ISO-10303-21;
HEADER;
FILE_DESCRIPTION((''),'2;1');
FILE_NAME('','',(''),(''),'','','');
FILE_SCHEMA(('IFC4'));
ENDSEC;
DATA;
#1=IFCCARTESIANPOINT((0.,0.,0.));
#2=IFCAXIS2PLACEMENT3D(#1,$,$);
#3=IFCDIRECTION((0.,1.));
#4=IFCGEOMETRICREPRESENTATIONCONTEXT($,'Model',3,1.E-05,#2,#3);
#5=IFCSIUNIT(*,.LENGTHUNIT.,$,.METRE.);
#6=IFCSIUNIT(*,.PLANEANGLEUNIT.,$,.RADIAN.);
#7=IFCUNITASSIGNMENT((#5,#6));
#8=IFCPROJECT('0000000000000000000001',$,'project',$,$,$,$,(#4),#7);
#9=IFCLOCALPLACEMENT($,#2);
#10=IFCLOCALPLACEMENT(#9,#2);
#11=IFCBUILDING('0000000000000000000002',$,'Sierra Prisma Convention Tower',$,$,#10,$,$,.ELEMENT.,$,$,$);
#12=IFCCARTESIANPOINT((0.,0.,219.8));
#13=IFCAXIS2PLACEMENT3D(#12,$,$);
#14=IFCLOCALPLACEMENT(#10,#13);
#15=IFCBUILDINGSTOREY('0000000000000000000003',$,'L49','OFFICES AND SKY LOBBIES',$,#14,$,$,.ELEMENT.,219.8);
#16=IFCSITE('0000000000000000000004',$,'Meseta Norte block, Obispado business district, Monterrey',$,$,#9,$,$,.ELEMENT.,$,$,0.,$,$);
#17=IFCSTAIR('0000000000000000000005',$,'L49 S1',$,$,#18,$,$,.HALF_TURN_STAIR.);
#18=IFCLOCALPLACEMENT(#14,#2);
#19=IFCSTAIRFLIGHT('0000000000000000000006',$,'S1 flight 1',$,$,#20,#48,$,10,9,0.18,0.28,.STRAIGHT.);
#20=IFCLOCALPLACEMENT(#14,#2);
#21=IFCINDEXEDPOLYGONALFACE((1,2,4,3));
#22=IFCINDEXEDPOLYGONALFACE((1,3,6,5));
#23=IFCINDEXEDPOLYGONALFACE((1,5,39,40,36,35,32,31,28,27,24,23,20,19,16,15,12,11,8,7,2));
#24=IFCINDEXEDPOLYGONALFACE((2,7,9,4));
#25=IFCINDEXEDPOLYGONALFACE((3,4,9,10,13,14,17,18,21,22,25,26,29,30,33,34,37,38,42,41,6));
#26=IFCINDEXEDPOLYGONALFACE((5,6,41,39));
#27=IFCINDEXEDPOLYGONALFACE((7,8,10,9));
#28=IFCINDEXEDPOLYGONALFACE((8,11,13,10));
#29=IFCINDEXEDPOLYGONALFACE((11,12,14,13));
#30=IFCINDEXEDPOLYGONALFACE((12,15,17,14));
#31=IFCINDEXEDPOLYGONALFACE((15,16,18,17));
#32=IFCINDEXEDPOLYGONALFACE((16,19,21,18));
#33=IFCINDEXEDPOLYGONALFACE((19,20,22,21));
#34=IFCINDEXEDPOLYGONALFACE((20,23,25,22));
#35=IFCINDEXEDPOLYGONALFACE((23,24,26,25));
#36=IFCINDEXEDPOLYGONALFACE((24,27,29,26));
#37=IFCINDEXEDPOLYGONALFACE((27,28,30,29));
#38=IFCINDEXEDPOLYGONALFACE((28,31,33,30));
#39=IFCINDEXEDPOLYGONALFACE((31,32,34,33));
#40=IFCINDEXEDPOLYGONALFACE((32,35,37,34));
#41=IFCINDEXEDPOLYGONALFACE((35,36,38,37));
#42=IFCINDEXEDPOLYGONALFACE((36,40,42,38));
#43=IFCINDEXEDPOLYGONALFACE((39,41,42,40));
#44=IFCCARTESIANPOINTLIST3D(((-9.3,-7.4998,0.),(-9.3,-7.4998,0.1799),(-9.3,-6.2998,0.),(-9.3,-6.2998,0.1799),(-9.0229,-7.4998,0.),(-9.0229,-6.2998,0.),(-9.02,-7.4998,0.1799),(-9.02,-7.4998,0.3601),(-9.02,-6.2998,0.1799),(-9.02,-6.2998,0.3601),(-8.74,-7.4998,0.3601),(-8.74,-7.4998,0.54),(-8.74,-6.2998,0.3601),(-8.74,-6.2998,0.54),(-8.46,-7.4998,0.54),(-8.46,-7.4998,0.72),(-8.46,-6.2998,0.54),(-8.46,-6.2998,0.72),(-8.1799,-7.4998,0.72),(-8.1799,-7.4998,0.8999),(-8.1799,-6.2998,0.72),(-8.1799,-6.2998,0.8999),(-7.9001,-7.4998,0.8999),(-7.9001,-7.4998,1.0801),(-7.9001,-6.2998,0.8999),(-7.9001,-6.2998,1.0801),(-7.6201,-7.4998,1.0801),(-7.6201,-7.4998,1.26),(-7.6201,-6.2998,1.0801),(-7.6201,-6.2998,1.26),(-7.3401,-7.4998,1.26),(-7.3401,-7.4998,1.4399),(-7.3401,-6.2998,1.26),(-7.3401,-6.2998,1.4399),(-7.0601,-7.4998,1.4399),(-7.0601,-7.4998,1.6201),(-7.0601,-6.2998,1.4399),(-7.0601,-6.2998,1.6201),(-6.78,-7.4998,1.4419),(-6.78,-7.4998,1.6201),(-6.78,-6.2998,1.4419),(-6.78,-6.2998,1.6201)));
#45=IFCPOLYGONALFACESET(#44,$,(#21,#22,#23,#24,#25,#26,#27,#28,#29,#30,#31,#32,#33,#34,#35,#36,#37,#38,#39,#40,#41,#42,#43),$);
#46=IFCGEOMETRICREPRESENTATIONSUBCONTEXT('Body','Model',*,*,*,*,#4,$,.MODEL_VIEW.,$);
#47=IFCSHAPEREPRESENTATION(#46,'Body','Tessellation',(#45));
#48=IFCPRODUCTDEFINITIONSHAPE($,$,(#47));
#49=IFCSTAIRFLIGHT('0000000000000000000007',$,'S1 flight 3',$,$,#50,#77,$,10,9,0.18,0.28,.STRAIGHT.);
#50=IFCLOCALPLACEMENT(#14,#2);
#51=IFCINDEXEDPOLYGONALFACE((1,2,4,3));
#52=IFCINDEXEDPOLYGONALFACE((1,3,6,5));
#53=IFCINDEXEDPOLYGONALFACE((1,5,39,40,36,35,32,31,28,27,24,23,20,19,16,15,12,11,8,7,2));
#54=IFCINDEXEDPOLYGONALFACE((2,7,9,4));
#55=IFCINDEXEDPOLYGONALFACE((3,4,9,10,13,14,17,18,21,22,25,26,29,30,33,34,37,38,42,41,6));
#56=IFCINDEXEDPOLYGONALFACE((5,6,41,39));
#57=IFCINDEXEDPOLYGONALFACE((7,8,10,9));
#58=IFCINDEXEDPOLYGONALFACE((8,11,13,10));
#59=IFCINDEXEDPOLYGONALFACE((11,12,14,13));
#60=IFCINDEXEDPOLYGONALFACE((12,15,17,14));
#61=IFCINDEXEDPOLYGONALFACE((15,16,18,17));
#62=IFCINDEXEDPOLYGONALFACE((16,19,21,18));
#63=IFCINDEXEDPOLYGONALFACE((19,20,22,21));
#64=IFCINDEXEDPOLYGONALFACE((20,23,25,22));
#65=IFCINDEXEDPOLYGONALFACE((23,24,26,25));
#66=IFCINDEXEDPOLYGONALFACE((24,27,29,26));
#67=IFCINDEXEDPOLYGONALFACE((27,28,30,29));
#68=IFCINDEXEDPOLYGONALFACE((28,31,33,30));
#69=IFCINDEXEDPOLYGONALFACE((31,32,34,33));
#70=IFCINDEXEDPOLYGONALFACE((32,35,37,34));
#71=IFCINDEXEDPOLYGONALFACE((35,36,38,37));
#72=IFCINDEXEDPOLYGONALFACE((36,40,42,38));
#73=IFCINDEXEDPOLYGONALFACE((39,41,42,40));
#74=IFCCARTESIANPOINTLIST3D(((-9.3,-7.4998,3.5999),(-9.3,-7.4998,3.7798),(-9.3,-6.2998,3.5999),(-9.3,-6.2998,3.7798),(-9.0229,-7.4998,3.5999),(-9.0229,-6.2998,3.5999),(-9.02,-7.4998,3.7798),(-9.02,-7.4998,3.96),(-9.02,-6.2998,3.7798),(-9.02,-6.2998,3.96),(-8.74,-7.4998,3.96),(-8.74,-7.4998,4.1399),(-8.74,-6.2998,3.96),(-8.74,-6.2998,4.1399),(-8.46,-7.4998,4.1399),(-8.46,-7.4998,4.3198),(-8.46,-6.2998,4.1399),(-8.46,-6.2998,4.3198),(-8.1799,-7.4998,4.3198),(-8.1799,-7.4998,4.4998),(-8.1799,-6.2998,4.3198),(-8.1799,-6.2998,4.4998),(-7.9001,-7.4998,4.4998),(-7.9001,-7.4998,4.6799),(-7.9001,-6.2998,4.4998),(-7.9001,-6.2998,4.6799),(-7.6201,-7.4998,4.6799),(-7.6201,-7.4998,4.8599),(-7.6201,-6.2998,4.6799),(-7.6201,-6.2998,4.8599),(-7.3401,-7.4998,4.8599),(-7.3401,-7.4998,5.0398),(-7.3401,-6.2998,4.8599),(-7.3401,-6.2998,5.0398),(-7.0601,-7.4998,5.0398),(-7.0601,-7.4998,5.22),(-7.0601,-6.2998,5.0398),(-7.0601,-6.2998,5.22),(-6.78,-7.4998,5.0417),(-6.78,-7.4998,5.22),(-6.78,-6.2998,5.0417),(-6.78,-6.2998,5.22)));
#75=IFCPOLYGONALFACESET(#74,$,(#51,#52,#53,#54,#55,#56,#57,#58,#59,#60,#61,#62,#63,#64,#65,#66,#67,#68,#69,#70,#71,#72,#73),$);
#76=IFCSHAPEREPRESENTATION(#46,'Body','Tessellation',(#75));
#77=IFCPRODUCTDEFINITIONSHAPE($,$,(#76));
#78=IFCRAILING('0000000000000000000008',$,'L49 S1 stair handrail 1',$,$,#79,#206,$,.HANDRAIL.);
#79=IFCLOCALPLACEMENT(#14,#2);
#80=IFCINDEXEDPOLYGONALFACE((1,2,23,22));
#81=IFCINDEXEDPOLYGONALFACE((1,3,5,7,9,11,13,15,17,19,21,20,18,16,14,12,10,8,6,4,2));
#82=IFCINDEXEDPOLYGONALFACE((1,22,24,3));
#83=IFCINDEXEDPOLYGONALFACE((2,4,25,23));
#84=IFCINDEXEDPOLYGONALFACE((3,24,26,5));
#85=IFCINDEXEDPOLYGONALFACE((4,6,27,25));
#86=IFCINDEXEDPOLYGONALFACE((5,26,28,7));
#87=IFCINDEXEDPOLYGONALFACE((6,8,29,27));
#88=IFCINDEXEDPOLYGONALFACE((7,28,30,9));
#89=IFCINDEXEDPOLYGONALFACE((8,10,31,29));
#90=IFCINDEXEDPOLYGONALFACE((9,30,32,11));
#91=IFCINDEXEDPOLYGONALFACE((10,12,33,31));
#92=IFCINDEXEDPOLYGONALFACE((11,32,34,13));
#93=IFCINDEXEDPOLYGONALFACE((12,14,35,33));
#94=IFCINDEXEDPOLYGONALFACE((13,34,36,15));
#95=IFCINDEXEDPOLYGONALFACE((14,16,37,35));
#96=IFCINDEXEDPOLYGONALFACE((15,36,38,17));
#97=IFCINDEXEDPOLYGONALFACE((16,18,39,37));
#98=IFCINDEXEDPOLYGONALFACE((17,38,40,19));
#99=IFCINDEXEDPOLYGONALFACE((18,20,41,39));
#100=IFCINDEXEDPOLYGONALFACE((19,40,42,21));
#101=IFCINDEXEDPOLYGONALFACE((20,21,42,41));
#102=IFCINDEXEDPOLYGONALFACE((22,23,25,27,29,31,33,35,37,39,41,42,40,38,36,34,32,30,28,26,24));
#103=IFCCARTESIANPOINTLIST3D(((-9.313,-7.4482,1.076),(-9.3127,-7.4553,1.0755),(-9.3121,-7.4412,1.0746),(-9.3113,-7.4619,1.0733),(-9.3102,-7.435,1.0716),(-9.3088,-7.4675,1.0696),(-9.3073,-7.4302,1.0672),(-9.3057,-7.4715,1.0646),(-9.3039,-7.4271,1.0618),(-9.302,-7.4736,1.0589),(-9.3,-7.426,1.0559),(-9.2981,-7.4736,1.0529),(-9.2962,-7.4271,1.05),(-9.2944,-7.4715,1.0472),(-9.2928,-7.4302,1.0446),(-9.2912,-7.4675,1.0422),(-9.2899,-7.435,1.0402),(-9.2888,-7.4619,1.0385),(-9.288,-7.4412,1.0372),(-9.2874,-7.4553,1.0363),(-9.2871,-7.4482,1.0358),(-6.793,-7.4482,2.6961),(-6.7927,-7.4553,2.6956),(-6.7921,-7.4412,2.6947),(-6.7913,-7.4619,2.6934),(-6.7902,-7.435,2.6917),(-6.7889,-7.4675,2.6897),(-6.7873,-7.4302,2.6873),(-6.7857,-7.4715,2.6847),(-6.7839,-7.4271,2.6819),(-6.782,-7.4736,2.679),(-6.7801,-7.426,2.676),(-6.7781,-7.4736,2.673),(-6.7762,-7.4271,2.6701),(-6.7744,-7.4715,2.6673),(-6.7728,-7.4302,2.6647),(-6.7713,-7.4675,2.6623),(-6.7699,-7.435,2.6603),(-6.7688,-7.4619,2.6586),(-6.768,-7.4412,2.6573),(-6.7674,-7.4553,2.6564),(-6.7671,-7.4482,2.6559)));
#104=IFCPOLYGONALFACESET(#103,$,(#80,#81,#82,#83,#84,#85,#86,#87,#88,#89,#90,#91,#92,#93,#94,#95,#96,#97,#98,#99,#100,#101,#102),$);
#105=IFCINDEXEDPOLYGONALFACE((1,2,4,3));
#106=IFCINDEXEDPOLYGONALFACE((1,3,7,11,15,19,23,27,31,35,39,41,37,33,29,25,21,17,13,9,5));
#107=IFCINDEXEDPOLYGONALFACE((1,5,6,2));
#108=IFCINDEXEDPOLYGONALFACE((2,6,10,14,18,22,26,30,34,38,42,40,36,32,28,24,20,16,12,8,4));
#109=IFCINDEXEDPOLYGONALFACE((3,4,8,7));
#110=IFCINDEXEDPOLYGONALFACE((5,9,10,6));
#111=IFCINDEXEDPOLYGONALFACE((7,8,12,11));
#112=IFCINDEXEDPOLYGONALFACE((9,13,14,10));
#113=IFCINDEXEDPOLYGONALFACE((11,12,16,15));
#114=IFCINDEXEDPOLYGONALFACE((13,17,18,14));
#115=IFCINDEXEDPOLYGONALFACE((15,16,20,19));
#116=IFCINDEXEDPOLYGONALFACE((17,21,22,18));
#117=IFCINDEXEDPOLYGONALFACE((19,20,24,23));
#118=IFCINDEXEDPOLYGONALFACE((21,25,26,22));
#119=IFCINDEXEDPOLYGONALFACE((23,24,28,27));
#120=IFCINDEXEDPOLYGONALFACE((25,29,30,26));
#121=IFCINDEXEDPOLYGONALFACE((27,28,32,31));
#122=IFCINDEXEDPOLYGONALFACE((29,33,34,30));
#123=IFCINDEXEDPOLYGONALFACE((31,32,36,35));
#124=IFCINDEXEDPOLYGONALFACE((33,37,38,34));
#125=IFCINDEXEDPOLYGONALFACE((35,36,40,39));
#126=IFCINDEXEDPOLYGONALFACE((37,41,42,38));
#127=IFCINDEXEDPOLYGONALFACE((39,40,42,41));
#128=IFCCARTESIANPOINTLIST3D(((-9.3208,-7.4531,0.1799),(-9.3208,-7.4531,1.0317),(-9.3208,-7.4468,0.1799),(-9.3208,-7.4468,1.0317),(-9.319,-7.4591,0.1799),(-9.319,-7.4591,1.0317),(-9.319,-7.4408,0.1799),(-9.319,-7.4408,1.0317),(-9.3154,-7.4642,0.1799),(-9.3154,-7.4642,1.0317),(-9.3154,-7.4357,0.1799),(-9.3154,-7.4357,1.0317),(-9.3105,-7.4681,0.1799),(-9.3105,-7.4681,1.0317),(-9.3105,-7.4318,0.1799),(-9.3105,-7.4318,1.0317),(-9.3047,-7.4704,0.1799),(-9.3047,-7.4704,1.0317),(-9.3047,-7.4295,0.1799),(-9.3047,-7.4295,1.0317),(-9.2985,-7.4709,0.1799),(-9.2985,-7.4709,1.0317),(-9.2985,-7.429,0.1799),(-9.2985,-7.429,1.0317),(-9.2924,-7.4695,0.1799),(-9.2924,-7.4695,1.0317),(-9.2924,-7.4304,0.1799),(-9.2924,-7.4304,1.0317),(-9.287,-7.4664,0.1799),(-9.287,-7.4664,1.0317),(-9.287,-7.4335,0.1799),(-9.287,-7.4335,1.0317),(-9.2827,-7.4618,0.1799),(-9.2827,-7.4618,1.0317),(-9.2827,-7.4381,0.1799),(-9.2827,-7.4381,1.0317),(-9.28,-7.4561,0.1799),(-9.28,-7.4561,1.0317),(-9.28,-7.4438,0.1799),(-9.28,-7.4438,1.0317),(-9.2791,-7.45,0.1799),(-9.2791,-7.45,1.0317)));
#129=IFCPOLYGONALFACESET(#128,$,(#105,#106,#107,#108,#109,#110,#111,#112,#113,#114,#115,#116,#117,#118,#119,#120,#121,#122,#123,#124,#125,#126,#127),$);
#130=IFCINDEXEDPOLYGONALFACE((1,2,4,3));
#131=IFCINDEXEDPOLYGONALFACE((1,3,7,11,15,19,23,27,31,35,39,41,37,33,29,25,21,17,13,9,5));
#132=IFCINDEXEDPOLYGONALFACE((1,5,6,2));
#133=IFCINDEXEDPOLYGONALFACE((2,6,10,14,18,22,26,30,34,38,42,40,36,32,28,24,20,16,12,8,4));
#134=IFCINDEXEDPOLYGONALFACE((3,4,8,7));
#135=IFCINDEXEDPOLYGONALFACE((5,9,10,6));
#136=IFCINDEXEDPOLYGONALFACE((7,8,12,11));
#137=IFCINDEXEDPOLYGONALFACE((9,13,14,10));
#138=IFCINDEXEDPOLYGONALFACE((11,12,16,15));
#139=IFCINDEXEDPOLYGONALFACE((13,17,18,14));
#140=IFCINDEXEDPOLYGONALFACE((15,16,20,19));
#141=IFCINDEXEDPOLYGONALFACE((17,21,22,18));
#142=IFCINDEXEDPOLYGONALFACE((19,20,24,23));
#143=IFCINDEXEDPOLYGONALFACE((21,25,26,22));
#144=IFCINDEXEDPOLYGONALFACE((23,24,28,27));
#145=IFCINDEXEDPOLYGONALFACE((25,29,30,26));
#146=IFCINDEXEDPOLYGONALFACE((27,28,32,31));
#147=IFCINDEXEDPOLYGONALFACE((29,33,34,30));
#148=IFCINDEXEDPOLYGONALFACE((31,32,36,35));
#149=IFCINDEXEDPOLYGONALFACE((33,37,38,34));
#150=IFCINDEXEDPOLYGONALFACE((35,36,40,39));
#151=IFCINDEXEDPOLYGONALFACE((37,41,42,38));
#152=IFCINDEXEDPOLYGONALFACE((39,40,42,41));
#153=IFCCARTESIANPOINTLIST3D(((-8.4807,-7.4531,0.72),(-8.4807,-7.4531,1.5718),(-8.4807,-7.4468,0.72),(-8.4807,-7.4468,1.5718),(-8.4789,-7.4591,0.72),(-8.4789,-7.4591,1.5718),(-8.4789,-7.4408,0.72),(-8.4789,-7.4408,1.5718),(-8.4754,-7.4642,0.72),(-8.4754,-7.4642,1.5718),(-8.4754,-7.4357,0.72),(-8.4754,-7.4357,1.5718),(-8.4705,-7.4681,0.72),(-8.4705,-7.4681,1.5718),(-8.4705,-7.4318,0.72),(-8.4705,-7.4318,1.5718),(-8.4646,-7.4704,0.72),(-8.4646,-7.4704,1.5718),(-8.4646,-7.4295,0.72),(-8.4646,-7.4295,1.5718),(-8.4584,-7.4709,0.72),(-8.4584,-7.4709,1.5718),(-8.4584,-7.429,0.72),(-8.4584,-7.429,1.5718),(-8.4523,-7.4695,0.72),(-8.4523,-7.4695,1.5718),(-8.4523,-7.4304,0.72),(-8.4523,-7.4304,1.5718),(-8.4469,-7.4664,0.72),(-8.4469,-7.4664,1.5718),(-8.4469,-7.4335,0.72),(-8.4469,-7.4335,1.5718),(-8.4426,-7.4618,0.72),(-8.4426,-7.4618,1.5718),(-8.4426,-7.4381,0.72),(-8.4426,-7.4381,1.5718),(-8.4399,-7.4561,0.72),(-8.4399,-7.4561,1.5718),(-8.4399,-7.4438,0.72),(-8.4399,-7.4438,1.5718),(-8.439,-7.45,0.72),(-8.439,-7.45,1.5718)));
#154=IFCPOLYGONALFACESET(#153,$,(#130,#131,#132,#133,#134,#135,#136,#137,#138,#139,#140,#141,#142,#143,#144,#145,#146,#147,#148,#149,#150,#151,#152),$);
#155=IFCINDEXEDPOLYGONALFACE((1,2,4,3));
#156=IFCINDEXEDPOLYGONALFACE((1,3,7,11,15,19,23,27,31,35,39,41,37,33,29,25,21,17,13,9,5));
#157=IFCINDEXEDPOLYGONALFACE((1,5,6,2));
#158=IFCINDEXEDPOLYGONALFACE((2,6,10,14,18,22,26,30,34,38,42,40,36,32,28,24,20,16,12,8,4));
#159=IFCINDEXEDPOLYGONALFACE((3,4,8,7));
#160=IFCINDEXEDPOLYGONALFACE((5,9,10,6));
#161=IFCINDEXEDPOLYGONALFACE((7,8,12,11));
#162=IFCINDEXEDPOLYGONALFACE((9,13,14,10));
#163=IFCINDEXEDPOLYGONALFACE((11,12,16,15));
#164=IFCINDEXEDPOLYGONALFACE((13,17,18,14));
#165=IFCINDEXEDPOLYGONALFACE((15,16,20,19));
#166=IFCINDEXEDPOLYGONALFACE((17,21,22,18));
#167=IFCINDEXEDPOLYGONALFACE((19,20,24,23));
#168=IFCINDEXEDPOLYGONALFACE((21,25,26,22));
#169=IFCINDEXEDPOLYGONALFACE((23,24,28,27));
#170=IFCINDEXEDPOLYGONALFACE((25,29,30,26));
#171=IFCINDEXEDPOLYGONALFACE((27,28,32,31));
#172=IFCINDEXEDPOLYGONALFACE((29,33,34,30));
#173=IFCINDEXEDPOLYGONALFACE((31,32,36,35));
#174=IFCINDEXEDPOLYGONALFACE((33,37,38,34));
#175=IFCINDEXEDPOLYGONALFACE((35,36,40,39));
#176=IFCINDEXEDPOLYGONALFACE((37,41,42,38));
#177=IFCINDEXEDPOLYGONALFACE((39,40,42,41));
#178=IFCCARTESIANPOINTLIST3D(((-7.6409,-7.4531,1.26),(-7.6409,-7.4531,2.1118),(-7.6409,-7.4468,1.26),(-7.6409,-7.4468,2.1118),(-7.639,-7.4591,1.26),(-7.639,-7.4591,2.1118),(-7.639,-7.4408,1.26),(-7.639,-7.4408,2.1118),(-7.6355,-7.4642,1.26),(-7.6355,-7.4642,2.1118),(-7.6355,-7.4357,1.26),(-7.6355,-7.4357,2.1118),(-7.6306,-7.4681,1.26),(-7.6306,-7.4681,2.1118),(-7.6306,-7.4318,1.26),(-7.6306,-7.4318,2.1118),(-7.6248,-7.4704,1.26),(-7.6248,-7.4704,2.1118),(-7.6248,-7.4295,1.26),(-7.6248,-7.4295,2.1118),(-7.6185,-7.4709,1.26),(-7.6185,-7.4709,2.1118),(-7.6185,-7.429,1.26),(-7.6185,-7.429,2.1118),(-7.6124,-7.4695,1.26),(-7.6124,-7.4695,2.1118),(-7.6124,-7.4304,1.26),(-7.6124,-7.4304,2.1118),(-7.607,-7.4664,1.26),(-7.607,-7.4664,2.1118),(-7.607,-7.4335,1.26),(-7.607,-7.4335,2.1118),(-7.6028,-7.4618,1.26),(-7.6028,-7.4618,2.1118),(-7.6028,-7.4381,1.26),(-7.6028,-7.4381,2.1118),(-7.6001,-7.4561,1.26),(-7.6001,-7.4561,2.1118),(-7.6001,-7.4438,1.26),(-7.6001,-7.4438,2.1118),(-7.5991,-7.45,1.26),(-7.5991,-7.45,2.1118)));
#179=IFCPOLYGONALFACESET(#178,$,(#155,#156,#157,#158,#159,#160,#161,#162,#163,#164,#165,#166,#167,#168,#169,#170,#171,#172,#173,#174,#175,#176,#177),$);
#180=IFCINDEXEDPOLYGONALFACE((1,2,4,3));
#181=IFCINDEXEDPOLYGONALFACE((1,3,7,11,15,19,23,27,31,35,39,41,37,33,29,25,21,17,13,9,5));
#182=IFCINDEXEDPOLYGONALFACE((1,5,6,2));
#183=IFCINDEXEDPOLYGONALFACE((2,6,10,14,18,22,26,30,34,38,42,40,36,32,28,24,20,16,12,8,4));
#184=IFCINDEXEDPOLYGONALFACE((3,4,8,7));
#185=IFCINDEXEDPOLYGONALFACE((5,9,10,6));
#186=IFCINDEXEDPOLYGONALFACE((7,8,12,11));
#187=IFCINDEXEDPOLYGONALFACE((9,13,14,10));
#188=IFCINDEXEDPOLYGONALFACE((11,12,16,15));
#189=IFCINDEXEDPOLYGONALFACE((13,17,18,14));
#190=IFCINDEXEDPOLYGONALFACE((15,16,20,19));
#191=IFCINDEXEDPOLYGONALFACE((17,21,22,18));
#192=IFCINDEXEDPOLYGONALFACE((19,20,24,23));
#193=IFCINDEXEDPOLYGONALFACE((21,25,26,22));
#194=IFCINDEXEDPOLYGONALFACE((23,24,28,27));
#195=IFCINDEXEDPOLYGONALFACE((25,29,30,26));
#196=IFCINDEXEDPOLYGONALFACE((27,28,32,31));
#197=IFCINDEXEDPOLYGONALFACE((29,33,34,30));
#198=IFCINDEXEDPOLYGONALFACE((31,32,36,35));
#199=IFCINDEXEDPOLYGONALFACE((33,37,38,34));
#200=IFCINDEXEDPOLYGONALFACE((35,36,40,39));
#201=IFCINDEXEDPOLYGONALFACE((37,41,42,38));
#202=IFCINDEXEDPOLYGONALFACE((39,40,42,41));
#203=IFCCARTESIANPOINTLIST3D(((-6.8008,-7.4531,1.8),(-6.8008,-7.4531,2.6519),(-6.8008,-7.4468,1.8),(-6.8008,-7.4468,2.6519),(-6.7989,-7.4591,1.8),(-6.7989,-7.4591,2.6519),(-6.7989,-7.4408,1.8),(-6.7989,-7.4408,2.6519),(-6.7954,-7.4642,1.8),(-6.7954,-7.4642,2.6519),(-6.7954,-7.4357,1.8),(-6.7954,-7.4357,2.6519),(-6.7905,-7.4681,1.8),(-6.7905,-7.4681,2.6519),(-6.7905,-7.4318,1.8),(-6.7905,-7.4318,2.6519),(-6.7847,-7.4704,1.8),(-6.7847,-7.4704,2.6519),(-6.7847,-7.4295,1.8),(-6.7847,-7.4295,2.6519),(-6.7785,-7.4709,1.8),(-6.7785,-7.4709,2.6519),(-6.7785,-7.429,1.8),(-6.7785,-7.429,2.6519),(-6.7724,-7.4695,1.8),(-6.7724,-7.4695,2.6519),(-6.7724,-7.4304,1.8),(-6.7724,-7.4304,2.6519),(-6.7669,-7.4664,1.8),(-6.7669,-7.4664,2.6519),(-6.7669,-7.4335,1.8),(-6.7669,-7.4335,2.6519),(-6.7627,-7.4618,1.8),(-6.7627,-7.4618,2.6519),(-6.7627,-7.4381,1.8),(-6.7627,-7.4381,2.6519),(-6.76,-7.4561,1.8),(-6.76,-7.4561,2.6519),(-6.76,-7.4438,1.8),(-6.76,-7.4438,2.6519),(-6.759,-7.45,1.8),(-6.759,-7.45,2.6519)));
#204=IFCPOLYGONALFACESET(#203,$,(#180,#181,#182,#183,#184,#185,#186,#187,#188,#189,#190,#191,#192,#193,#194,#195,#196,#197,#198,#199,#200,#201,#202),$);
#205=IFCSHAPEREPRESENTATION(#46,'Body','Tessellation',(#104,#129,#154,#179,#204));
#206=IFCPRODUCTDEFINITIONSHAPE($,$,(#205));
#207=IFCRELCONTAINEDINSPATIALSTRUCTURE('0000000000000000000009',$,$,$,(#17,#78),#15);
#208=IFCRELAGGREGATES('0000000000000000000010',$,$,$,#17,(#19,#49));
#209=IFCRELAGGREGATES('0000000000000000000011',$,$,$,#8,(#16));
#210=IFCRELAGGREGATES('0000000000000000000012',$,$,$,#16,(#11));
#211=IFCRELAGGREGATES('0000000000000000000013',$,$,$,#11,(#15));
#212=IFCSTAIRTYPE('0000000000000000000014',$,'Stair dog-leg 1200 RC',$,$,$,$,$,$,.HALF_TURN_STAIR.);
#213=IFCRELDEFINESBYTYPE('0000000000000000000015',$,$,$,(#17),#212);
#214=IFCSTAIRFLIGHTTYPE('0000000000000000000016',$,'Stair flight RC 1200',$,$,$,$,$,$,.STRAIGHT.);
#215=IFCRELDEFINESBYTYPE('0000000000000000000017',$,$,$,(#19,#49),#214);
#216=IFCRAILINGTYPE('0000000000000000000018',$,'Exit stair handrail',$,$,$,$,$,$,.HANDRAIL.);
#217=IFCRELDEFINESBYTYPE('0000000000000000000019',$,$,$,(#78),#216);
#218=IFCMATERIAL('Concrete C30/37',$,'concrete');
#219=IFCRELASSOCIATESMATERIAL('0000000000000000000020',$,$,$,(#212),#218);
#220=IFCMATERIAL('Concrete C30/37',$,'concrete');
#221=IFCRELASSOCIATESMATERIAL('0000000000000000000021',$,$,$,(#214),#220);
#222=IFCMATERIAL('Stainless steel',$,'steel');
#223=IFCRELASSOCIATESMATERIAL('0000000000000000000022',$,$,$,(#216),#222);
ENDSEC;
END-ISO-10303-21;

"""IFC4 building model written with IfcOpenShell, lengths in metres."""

from ifc_helpers import new_model, si_unit, direction, frame, origin, origin_2d, place, context, subcontext, project, spatial, polyline, circle, outline, extrude, material, type_object, element, aggregate, save


model = new_model("IFC4")

# Units and contexts
model_context = context("Model", 3, precision=1e-05, world=origin(), true_north=direction((0.0, 1.0)))
body_context = subcontext(model_context, "Body", "Model", "MODEL_VIEW")
ifc_project = project(units=[si_unit("LENGTHUNIT", "METRE"), si_unit("PLANEANGLEUNIT", "RADIAN")], contexts=[model_context])

# Site, building, storey
site_placement = place(None, origin())
site = spatial("IfcSite", under=ifc_project, at=site_placement, Name="Meseta Norte block, Obispado business district, Monterrey", CompositionType="ELEMENT", RefElevation=0.0)
building_placement = place(site_placement, origin())
building = spatial("IfcBuilding", under=site, at=building_placement, Name="Sierra Prisma Convention Tower", CompositionType="ELEMENT")
storey_placement = place(building_placement, frame((0.0, 0.0, 219.8)))
storey = spatial("IfcBuildingStorey", under=building, at=storey_placement, Name="L49", Description="OFFICES AND SKY LOBBIES", CompositionType="ELEMENT", Elevation=219.8)

# Stair, stair flights
ifc_material_1 = material(Name="Concrete C30/37", Category="concrete")
stair_type = type_object("IfcStairType", Name="Stair dog-leg 1200 RC", PredefinedType="HALF_TURN_STAIR", material=ifc_material_1)
stair_placement = place(storey_placement, origin())
stair = element("IfcStair", 1, at=stair_placement, inside=storey, type_object=stair_type, Name="L49 S1", PredefinedType="HALF_TURN_STAIR")
ifc_material_2 = material(Name="Concrete C30/37", Category="concrete")
stair_flight_type = type_object("IfcStairFlightType", Name="Stair flight RC 1200", PredefinedType="STRAIGHT", material=ifc_material_2)
stair_flight_1_placement = place(storey_placement, frame((-9.3, -6.8999, 0.0), z_axis=(0.0, 0.0, 1.0), x_axis=(1.0, 0.0, 0.0)))
stair_flight_1 = element("IfcStairFlight", 2, at=stair_flight_1_placement, type_object=stair_flight_type, Name="S1 flight 1", NumberOfRisers=10, NumberOfTreads=9, PredefinedType="STRAIGHT", RiserHeight=0.18, TreadLength=0.28, context=body_context, shape_type="SweptSolid", body=[
    extrude(outline(polyline([(0.0, 0.0), (0.0, 0.1799), (0.28, 0.1799), (0.28, 0.3601), (0.5601, 0.3601), (0.5601, 0.54), (0.8401, 0.54), (0.8401, 0.72), (1.1201, 0.72), (1.1201, 0.8999), (1.3999, 0.8999), (1.3999, 1.0801), (1.6799, 1.0801), (1.6799, 1.26), (1.96, 1.26), (1.96, 1.4399), (2.24, 1.4399), (2.24, 1.6201), (2.52, 1.6201), (2.52, 1.8), (2.52, 1.4419), (0.2771, 0.0), (0.0, 0.0)])), frame((0.0, 0.6001, 0.0), z_axis=(0.0, -1.0, 0.0), x_axis=(1.0, 0.0, 0.0)), (0.0, 0.0, 1.0), 1.2),
])
stair_flight_2_placement = place(storey_placement, frame((-9.3, -6.8999, 3.5999), z_axis=(0.0, 0.0, 1.0), x_axis=(1.0, 0.0, 0.0)))
stair_flight_2 = element("IfcStairFlight", 3, at=stair_flight_2_placement, type_object=stair_flight_type, Name="S1 flight 3", NumberOfRisers=10, NumberOfTreads=9, PredefinedType="STRAIGHT", RiserHeight=0.18, TreadLength=0.28, context=body_context, shape_type="SweptSolid", body=[
    extrude(outline(polyline([(0.0, 0.0), (0.0, 0.1799), (0.28, 0.1799), (0.28, 0.3601), (0.5601, 0.3601), (0.5601, 0.54), (0.8401, 0.54), (0.8401, 0.72), (1.1201, 0.72), (1.1201, 0.8999), (1.3999, 0.8999), (1.3999, 1.0801), (1.6799, 1.0801), (1.6799, 1.26), (1.96, 1.26), (1.96, 1.4399), (2.24, 1.4399), (2.24, 1.6201), (2.52, 1.6201), (2.52, 1.8), (2.52, 1.4419), (0.2771, 0.0), (0.0, 0.0)])), frame((0.0, 0.6001, 0.0), z_axis=(0.0, -1.0, 0.0), x_axis=(1.0, 0.0, 0.0)), (0.0, 0.0, 1.0), 1.2),
])
aggregate(stair, [stair_flight_1, stair_flight_2])

# Railing
ifc_material_3 = material(Name="Stainless steel", Category="steel")
railing_type_1 = type_object("IfcRailingType", Name="Exit stair handrail", PredefinedType="HANDRAIL", material=ifc_material_3)
railing_1_placement = place(storey_placement, frame((-9.3, -7.45, 0.1799)))
element("IfcRailing", 4, at=railing_1_placement, inside=storey, type_object=railing_type_1, Name="L49 S1 stair handrail 1", PredefinedType="HANDRAIL", context=body_context, shape_type="SweptSolid", body=[
    extrude(circle(Radius=0.0239, at=origin_2d()), frame((0.0, 0.0, 0.876), z_axis=(0.841163, 0.0, 0.540782), x_axis=(0.0, 1.0, 0.0)), (0.0, 0.0, 1.0), 2.9958),
    extrude(circle(Radius=0.021, at=origin_2d()), origin(), (0.0, 0.0, 1.0), 0.8518),
    extrude(circle(Radius=0.021, at=origin_2d()), frame((0.8401, 0.0, 0.54)), (0.0, 0.0, 1.0), 0.8518),
    extrude(circle(Radius=0.021, at=origin_2d()), frame((1.6799, 0.0, 1.0801)), (0.0, 0.0, 1.0), 0.8518),
    extrude(circle(Radius=0.021, at=origin_2d()), frame((2.52, 0.0, 1.6201)), (0.0, 0.0, 1.0), 0.8518),
])

save(model, "model.ifc")
